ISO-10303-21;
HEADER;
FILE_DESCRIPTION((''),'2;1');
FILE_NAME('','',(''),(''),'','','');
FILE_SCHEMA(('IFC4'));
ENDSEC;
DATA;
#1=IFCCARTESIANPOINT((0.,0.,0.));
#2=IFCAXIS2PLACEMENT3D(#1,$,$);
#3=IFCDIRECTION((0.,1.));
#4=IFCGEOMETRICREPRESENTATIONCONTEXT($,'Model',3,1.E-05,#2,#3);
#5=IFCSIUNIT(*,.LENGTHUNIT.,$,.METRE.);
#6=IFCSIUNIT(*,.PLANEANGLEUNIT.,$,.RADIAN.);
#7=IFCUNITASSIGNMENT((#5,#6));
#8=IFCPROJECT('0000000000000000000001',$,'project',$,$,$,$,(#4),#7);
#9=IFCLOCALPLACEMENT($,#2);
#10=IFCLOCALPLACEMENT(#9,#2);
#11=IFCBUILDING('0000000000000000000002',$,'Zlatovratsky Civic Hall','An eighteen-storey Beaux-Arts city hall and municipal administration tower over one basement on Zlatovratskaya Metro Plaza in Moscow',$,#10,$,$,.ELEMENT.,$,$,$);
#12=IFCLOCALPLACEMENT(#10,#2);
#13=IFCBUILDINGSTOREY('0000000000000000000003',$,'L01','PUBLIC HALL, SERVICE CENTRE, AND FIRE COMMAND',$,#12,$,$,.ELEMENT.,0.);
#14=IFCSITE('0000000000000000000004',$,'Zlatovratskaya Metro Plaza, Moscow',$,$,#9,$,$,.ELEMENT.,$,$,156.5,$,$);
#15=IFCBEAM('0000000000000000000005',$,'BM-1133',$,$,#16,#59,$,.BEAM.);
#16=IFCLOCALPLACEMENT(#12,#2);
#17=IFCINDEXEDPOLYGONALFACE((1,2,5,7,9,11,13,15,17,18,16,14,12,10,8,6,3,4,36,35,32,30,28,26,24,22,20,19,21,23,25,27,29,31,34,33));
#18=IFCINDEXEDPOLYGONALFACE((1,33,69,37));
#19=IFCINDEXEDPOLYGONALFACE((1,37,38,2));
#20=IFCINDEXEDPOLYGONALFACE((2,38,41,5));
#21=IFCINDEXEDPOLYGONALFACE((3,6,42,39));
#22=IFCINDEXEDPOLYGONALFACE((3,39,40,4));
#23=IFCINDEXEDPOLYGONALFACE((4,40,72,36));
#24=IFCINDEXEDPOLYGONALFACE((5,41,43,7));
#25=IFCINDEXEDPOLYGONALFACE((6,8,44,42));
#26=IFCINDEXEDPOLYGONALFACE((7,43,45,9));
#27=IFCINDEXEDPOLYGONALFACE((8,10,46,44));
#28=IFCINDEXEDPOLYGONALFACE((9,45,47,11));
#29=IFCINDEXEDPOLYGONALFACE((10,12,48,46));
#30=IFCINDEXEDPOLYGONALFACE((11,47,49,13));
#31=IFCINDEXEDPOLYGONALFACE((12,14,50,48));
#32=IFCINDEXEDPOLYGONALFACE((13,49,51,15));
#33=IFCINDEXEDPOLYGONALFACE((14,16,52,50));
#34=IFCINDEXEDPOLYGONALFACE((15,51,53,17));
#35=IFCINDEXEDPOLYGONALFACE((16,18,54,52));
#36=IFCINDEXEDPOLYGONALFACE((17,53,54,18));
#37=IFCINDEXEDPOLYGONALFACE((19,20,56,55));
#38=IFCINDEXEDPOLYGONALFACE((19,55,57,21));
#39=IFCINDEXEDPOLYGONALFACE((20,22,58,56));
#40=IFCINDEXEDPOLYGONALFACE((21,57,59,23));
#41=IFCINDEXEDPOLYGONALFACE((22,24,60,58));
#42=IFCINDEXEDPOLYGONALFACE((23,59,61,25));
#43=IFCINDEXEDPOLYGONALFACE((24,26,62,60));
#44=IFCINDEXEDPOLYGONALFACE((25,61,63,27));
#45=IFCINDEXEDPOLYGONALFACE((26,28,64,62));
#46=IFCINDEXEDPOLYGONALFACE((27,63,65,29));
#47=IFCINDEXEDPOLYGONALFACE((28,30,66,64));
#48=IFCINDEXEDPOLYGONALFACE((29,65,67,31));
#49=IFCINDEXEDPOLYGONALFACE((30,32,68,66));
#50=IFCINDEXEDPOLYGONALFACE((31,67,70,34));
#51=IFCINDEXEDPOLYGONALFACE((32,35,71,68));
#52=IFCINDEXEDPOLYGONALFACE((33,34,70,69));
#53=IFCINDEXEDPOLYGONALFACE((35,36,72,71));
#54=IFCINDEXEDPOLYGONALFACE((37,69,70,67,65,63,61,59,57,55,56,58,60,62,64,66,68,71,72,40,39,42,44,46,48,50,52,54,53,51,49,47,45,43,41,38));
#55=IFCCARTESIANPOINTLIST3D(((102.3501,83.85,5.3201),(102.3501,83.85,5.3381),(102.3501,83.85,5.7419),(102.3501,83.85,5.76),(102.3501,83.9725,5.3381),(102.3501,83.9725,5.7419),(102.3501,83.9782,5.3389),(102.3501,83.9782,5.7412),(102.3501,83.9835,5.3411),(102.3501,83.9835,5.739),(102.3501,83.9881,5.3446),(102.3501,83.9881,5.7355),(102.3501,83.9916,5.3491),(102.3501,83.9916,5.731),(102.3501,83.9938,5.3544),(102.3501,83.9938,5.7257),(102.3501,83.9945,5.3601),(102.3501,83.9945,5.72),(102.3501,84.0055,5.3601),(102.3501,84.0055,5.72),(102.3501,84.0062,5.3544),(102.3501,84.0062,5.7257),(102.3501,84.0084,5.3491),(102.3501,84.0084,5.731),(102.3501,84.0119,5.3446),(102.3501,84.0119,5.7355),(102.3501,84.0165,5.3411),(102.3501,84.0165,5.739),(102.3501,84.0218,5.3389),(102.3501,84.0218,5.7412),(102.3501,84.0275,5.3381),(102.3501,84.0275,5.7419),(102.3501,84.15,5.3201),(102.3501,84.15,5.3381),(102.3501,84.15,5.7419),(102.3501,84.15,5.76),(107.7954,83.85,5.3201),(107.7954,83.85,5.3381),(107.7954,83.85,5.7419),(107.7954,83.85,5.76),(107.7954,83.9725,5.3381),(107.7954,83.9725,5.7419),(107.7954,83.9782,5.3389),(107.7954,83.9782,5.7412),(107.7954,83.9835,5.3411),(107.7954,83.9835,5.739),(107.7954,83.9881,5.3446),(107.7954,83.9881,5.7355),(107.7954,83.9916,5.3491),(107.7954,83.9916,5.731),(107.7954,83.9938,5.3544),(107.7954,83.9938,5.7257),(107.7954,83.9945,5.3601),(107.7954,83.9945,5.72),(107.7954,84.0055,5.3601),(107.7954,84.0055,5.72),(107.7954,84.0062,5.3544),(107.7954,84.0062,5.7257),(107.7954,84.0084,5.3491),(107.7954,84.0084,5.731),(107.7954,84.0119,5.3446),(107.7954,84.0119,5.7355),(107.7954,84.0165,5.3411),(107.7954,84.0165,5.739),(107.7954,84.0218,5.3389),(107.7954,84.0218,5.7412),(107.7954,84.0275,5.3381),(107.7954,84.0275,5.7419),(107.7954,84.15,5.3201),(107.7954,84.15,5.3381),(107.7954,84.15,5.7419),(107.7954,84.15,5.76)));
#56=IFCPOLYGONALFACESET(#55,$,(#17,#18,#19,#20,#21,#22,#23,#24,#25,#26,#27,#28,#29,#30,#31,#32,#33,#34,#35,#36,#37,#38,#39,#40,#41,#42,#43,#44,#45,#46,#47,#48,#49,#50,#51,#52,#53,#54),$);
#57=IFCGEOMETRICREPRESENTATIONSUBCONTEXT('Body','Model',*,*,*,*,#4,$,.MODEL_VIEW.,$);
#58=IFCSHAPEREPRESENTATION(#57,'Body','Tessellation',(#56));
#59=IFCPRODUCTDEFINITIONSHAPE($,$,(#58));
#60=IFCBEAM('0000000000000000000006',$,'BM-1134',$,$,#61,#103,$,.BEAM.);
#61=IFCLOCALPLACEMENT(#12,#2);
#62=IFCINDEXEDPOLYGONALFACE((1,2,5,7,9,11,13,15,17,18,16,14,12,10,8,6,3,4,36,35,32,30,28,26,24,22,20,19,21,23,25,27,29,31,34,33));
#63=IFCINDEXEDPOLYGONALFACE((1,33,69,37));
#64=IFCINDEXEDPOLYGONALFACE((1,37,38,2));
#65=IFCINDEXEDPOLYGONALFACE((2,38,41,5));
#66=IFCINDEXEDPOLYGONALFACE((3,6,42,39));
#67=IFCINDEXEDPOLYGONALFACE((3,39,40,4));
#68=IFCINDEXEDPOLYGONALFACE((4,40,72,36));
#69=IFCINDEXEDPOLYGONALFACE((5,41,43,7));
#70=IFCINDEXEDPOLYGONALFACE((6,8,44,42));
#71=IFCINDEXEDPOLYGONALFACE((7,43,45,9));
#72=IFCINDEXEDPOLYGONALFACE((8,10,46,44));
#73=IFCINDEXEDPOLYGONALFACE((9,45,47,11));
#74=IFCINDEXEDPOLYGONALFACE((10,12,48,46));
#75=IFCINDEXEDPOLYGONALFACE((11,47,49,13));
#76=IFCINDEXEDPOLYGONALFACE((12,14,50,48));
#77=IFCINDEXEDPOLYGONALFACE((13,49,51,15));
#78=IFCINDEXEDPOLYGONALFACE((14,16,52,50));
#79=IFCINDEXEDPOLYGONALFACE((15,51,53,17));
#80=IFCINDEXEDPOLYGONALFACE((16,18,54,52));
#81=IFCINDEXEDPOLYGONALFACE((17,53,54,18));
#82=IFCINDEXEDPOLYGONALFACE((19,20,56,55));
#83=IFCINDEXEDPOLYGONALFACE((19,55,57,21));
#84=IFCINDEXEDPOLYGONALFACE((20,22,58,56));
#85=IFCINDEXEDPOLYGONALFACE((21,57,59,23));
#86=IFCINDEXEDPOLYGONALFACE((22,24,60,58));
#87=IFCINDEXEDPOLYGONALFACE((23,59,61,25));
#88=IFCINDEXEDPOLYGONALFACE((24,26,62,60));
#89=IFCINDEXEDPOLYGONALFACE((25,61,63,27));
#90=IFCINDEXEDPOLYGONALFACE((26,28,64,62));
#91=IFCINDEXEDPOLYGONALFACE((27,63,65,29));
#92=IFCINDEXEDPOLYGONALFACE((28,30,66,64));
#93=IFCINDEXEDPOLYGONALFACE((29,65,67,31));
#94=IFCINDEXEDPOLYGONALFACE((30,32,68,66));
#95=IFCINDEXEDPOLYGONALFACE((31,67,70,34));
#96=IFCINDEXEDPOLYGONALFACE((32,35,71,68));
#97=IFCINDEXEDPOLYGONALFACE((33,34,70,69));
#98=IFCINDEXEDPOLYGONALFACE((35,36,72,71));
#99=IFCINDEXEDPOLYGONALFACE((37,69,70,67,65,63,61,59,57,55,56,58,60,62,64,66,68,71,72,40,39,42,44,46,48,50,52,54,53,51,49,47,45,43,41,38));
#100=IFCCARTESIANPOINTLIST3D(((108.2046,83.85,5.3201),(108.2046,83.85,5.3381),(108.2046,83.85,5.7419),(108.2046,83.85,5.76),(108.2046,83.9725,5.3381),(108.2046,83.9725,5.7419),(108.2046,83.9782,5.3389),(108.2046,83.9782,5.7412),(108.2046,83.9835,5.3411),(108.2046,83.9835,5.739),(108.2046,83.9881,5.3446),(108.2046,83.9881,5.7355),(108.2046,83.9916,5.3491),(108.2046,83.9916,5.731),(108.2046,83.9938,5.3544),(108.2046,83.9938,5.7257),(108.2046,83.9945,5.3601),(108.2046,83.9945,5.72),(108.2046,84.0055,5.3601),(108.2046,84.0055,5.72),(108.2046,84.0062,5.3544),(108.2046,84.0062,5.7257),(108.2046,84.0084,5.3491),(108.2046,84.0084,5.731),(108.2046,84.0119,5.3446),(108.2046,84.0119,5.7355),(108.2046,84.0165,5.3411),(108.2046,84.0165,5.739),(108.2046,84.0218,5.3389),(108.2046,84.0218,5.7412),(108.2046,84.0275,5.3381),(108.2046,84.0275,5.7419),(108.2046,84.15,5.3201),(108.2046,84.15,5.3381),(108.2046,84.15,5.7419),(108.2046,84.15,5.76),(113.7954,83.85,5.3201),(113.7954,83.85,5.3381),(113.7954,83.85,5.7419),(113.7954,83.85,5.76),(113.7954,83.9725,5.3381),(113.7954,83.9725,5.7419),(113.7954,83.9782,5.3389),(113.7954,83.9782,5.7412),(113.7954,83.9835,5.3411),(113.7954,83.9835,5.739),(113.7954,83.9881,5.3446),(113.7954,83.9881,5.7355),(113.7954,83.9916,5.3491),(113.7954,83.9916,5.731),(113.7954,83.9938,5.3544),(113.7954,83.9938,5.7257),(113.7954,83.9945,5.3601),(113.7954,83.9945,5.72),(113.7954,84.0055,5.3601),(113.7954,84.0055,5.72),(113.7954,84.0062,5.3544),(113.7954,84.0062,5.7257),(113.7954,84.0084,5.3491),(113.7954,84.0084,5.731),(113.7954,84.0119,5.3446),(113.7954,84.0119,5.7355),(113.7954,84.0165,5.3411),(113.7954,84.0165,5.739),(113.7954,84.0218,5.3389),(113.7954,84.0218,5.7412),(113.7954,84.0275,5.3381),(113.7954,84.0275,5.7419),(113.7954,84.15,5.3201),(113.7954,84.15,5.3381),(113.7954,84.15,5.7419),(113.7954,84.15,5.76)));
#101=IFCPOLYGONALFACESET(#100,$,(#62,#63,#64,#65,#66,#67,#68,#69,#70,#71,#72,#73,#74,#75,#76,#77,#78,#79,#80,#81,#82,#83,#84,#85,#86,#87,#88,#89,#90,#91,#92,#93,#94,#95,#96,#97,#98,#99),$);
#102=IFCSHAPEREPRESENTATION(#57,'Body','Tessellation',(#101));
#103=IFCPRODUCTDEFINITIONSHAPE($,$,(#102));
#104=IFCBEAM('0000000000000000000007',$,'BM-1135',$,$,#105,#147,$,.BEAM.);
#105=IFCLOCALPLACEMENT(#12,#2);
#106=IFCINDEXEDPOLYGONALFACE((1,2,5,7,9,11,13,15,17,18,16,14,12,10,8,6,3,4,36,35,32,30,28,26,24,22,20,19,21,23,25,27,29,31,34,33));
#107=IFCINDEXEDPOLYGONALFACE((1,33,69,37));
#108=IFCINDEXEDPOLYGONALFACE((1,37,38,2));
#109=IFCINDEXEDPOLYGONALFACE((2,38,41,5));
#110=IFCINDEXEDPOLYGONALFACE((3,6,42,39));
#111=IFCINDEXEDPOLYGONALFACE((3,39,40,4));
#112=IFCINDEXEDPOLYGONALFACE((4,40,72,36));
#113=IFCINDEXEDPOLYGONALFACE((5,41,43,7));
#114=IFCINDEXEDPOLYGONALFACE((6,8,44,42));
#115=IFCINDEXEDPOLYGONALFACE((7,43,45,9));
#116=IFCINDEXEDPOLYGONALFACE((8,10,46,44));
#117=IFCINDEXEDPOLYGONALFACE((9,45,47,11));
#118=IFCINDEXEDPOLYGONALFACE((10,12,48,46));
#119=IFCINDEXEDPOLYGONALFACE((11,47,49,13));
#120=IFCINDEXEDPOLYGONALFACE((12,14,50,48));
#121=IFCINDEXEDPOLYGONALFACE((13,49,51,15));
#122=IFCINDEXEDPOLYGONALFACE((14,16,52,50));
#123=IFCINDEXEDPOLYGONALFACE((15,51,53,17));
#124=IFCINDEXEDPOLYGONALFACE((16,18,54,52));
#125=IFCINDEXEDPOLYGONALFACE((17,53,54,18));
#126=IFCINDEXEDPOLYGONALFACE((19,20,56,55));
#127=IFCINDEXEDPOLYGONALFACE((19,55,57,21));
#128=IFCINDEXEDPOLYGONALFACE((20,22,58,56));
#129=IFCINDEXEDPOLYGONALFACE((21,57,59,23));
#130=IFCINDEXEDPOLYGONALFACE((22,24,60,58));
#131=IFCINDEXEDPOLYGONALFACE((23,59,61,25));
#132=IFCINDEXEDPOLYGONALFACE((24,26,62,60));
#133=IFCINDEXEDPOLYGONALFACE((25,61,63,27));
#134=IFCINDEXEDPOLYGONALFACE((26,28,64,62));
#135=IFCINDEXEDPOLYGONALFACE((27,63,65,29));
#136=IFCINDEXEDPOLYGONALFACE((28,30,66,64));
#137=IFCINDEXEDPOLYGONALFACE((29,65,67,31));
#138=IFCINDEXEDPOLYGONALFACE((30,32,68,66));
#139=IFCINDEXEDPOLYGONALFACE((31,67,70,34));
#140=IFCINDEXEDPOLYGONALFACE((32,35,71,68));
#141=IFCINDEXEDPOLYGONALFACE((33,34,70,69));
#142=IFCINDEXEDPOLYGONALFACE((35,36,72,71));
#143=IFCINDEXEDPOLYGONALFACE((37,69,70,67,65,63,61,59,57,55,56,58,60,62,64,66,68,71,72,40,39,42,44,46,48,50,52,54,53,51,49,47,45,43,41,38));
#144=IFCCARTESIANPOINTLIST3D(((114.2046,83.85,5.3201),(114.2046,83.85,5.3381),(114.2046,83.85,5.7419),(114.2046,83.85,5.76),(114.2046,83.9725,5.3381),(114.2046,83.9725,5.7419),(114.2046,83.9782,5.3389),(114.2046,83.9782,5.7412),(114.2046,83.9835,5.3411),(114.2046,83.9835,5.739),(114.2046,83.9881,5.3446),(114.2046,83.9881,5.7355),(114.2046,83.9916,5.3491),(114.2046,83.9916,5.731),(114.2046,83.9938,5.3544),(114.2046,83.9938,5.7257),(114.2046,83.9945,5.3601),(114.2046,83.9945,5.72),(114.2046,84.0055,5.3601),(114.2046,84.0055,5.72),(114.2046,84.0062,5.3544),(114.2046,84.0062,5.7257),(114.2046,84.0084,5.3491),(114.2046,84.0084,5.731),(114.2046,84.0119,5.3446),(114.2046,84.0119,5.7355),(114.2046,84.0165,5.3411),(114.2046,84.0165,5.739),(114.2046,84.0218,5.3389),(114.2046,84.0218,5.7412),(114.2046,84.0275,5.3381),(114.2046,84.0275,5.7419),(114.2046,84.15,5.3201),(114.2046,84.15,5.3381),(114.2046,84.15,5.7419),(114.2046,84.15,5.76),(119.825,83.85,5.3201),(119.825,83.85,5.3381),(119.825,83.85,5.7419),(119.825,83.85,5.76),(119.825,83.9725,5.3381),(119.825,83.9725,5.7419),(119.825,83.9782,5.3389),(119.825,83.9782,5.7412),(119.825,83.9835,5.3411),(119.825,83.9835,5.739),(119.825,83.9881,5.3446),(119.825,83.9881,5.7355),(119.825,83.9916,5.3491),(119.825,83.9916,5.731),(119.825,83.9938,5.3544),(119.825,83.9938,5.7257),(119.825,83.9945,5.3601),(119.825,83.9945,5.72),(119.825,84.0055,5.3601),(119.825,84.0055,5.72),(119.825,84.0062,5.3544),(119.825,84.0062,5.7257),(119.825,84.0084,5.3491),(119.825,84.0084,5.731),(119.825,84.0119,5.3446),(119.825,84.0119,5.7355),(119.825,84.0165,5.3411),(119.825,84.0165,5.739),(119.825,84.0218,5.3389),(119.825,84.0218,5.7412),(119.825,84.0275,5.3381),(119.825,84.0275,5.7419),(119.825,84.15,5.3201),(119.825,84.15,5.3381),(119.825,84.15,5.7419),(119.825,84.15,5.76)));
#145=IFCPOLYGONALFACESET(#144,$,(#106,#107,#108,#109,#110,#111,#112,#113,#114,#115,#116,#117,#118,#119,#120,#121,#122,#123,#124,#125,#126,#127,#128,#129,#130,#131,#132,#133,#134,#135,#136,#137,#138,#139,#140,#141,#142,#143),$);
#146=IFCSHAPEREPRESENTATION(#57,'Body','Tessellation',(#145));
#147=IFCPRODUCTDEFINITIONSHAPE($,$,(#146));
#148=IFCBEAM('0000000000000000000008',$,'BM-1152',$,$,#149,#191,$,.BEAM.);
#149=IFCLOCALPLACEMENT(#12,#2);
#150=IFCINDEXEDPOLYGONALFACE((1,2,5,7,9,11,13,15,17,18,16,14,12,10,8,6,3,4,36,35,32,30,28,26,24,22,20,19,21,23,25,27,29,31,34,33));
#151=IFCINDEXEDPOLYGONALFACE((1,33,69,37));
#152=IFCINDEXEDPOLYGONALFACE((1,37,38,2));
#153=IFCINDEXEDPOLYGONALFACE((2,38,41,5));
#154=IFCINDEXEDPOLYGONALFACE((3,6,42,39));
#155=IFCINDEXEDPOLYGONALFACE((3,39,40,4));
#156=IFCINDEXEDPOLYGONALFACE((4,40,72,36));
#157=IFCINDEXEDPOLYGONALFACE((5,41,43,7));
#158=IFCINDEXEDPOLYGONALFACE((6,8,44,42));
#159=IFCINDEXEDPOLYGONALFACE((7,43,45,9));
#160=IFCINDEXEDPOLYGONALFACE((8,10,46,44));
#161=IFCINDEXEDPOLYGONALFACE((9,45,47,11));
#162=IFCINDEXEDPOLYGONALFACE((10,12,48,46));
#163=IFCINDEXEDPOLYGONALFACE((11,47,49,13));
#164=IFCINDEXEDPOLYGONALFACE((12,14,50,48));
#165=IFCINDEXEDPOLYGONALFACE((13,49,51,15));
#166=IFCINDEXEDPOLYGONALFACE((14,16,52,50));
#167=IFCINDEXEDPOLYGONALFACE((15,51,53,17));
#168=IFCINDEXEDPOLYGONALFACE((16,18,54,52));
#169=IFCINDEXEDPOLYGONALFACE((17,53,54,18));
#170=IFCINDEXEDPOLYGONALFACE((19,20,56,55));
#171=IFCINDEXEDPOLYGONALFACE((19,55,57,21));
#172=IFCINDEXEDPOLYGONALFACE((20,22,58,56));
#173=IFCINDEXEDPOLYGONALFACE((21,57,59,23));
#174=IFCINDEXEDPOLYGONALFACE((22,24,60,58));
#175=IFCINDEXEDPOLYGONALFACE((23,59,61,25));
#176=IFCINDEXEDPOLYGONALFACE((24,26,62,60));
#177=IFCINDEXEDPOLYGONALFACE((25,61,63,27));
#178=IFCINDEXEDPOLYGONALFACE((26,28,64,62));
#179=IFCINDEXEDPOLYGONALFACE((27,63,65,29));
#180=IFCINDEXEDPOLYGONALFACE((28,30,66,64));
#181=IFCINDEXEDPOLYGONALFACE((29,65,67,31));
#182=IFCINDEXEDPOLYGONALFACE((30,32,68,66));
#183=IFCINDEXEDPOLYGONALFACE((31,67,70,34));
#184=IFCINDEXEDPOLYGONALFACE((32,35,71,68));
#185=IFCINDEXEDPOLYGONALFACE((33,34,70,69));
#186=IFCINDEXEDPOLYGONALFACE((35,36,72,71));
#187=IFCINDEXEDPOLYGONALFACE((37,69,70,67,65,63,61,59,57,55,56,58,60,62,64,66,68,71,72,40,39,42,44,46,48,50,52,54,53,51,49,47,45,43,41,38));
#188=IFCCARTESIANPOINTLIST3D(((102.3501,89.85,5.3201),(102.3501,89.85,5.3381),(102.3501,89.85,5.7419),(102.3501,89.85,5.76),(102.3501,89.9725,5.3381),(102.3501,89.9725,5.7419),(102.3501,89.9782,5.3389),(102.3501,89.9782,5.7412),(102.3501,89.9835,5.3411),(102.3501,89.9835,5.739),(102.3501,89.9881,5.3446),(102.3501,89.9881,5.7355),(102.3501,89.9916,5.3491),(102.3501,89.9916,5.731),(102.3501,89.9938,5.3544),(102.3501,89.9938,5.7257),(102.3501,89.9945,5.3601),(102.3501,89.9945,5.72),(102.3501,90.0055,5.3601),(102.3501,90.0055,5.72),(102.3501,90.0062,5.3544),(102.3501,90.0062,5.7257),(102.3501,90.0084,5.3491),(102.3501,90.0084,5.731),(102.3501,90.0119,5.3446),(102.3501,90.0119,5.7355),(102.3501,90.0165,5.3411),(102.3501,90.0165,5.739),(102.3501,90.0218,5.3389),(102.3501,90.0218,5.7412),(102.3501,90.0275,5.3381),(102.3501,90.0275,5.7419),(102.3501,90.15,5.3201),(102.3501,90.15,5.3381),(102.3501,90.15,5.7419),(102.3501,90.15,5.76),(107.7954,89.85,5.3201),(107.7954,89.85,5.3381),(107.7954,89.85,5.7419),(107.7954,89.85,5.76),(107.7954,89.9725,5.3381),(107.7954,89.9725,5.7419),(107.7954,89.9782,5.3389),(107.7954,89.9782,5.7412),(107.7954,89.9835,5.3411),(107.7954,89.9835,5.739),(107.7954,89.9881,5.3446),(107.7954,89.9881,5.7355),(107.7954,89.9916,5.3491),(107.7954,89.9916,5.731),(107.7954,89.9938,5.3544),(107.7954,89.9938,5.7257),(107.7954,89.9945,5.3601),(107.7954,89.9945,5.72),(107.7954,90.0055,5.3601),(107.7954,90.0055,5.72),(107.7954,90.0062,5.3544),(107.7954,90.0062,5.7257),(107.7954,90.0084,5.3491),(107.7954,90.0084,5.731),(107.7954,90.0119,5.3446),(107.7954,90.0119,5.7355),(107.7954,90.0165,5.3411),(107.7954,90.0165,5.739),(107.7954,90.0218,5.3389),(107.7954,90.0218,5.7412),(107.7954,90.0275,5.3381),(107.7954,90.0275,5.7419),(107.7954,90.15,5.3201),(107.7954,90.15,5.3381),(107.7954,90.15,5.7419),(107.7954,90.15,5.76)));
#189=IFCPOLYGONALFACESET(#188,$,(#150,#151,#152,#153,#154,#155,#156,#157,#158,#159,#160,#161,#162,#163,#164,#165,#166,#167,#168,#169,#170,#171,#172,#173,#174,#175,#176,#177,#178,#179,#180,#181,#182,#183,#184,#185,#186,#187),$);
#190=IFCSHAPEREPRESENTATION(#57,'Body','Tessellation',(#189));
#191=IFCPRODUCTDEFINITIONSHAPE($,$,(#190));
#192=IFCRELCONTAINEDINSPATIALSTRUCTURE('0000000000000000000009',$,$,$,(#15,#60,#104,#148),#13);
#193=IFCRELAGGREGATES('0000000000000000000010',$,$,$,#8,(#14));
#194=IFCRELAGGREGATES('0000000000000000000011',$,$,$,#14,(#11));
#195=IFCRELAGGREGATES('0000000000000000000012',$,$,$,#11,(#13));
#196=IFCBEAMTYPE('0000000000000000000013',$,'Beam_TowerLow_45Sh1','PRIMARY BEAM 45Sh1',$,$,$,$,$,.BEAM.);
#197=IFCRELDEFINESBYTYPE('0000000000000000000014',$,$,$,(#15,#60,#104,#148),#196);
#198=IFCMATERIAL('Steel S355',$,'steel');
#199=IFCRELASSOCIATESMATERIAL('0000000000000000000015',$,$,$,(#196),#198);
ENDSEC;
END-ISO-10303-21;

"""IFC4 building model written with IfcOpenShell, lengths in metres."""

from ifc_helpers import new_model, si_unit, direction, frame, origin, origin_2d, place, context, subcontext, project, spatial, i_section, extrude, material, material_profile, profile_set, type_object, element, save


model = new_model("IFC4")

# Units and contexts
model_context = context("Model", 3, precision=1e-05, world=origin(), true_north=direction((0.0, 1.0)))
body_context = subcontext(model_context, "Body", "Model", "MODEL_VIEW")
ifc_project = project(units=[si_unit("LENGTHUNIT", "METRE"), si_unit("PLANEANGLEUNIT", "RADIAN")], contexts=[model_context])

# Site, building, storey
site_placement = place(None, origin())
site = spatial("IfcSite", under=ifc_project, at=site_placement, Name="Zlatovratskaya Metro Plaza, Moscow", CompositionType="ELEMENT", RefElevation=156.5)
building_placement = place(site_placement, origin())
building = spatial("IfcBuilding", under=site, at=building_placement, Name="Zlatovratsky Civic Hall", Description="An eighteen-storey Beaux-Arts city hall and municipal administration tower over one basement on Zlatovratskaya Metro Plaza in Moscow", CompositionType="ELEMENT")
storey_placement = place(building_placement, origin())
storey = spatial("IfcBuildingStorey", under=building, at=storey_placement, Name="L01", Description="PUBLIC HALL, SERVICE CENTRE, AND FIRE COMMAND", CompositionType="ELEMENT", Elevation=0.0)

# Shared definitions
ifc_material_1 = material(Name="Steel S355", Category="steel")

# Beams
ifc_material_profile_1 = material_profile(ifc_material_1, i_section(OverallWidth=0.3, OverallDepth=0.4399, WebThickness=0.011, FlangeThickness=0.0181, FilletRadius=0.022, at=origin_2d()), Name="45Sh1")
ifc_profile_set_1 = profile_set([ifc_material_profile_1], Name="Steel S355")
beam_type = type_object("IfcBeamType", Name="Beam_TowerLow_45Sh1", Description="PRIMARY BEAM 45Sh1", PredefinedType="BEAM", material=ifc_profile_set_1)
beam_1_placement = place(storey_placement, frame((102.3501, 84.0, 5.54), z_axis=(1.0, 0.0, 0.0), x_axis=(0.0, 1.0, 0.0)))
element("IfcBeam", 1, at=beam_1_placement, inside=storey, type_object=beam_type, Name="BM-1133", PredefinedType="BEAM", context=body_context, shape_type="SweptSolid", body=[
    extrude(i_section(OverallWidth=0.3, OverallDepth=0.4399, WebThickness=0.011, FlangeThickness=0.0181, FilletRadius=0.022, at=origin_2d()), origin(), (0.0, 0.0, 1.0), 5.4453),
])
beam_2_placement = place(storey_placement, frame((108.2046, 84.0, 5.54), z_axis=(1.0, 0.0, 0.0), x_axis=(0.0, 1.0, 0.0)))
element("IfcBeam", 2, at=beam_2_placement, inside=storey, type_object=beam_type, Name="BM-1134", PredefinedType="BEAM", context=body_context, shape_type="SweptSolid", body=[
    extrude(i_section(OverallWidth=0.3, OverallDepth=0.4399, WebThickness=0.011, FlangeThickness=0.0181, FilletRadius=0.022, at=origin_2d()), origin(), (0.0, 0.0, 1.0), 5.5908),
])
beam_3_placement = place(storey_placement, frame((114.2046, 84.0, 5.54), z_axis=(1.0, 0.0, 0.0), x_axis=(0.0, 1.0, 0.0)))
element("IfcBeam", 3, at=beam_3_placement, inside=storey, type_object=beam_type, Name="BM-1135", PredefinedType="BEAM", context=body_context, shape_type="SweptSolid", body=[
    extrude(i_section(OverallWidth=0.3, OverallDepth=0.4399, WebThickness=0.011, FlangeThickness=0.0181, FilletRadius=0.022, at=origin_2d()), origin(), (0.0, 0.0, 1.0), 5.6204),
])
beam_4_placement = place(storey_placement, frame((102.3501, 90.0, 5.54), z_axis=(1.0, 0.0, 0.0), x_axis=(0.0, 1.0, 0.0)))
element("IfcBeam", 4, at=beam_4_placement, inside=storey, type_object=beam_type, Name="BM-1152", PredefinedType="BEAM", context=body_context, shape_type="SweptSolid", body=[
    extrude(i_section(OverallWidth=0.3, OverallDepth=0.4399, WebThickness=0.011, FlangeThickness=0.0181, FilletRadius=0.022, at=origin_2d()), origin(), (0.0, 0.0, 1.0), 5.4453),
])

save(model, "model.ifc")
